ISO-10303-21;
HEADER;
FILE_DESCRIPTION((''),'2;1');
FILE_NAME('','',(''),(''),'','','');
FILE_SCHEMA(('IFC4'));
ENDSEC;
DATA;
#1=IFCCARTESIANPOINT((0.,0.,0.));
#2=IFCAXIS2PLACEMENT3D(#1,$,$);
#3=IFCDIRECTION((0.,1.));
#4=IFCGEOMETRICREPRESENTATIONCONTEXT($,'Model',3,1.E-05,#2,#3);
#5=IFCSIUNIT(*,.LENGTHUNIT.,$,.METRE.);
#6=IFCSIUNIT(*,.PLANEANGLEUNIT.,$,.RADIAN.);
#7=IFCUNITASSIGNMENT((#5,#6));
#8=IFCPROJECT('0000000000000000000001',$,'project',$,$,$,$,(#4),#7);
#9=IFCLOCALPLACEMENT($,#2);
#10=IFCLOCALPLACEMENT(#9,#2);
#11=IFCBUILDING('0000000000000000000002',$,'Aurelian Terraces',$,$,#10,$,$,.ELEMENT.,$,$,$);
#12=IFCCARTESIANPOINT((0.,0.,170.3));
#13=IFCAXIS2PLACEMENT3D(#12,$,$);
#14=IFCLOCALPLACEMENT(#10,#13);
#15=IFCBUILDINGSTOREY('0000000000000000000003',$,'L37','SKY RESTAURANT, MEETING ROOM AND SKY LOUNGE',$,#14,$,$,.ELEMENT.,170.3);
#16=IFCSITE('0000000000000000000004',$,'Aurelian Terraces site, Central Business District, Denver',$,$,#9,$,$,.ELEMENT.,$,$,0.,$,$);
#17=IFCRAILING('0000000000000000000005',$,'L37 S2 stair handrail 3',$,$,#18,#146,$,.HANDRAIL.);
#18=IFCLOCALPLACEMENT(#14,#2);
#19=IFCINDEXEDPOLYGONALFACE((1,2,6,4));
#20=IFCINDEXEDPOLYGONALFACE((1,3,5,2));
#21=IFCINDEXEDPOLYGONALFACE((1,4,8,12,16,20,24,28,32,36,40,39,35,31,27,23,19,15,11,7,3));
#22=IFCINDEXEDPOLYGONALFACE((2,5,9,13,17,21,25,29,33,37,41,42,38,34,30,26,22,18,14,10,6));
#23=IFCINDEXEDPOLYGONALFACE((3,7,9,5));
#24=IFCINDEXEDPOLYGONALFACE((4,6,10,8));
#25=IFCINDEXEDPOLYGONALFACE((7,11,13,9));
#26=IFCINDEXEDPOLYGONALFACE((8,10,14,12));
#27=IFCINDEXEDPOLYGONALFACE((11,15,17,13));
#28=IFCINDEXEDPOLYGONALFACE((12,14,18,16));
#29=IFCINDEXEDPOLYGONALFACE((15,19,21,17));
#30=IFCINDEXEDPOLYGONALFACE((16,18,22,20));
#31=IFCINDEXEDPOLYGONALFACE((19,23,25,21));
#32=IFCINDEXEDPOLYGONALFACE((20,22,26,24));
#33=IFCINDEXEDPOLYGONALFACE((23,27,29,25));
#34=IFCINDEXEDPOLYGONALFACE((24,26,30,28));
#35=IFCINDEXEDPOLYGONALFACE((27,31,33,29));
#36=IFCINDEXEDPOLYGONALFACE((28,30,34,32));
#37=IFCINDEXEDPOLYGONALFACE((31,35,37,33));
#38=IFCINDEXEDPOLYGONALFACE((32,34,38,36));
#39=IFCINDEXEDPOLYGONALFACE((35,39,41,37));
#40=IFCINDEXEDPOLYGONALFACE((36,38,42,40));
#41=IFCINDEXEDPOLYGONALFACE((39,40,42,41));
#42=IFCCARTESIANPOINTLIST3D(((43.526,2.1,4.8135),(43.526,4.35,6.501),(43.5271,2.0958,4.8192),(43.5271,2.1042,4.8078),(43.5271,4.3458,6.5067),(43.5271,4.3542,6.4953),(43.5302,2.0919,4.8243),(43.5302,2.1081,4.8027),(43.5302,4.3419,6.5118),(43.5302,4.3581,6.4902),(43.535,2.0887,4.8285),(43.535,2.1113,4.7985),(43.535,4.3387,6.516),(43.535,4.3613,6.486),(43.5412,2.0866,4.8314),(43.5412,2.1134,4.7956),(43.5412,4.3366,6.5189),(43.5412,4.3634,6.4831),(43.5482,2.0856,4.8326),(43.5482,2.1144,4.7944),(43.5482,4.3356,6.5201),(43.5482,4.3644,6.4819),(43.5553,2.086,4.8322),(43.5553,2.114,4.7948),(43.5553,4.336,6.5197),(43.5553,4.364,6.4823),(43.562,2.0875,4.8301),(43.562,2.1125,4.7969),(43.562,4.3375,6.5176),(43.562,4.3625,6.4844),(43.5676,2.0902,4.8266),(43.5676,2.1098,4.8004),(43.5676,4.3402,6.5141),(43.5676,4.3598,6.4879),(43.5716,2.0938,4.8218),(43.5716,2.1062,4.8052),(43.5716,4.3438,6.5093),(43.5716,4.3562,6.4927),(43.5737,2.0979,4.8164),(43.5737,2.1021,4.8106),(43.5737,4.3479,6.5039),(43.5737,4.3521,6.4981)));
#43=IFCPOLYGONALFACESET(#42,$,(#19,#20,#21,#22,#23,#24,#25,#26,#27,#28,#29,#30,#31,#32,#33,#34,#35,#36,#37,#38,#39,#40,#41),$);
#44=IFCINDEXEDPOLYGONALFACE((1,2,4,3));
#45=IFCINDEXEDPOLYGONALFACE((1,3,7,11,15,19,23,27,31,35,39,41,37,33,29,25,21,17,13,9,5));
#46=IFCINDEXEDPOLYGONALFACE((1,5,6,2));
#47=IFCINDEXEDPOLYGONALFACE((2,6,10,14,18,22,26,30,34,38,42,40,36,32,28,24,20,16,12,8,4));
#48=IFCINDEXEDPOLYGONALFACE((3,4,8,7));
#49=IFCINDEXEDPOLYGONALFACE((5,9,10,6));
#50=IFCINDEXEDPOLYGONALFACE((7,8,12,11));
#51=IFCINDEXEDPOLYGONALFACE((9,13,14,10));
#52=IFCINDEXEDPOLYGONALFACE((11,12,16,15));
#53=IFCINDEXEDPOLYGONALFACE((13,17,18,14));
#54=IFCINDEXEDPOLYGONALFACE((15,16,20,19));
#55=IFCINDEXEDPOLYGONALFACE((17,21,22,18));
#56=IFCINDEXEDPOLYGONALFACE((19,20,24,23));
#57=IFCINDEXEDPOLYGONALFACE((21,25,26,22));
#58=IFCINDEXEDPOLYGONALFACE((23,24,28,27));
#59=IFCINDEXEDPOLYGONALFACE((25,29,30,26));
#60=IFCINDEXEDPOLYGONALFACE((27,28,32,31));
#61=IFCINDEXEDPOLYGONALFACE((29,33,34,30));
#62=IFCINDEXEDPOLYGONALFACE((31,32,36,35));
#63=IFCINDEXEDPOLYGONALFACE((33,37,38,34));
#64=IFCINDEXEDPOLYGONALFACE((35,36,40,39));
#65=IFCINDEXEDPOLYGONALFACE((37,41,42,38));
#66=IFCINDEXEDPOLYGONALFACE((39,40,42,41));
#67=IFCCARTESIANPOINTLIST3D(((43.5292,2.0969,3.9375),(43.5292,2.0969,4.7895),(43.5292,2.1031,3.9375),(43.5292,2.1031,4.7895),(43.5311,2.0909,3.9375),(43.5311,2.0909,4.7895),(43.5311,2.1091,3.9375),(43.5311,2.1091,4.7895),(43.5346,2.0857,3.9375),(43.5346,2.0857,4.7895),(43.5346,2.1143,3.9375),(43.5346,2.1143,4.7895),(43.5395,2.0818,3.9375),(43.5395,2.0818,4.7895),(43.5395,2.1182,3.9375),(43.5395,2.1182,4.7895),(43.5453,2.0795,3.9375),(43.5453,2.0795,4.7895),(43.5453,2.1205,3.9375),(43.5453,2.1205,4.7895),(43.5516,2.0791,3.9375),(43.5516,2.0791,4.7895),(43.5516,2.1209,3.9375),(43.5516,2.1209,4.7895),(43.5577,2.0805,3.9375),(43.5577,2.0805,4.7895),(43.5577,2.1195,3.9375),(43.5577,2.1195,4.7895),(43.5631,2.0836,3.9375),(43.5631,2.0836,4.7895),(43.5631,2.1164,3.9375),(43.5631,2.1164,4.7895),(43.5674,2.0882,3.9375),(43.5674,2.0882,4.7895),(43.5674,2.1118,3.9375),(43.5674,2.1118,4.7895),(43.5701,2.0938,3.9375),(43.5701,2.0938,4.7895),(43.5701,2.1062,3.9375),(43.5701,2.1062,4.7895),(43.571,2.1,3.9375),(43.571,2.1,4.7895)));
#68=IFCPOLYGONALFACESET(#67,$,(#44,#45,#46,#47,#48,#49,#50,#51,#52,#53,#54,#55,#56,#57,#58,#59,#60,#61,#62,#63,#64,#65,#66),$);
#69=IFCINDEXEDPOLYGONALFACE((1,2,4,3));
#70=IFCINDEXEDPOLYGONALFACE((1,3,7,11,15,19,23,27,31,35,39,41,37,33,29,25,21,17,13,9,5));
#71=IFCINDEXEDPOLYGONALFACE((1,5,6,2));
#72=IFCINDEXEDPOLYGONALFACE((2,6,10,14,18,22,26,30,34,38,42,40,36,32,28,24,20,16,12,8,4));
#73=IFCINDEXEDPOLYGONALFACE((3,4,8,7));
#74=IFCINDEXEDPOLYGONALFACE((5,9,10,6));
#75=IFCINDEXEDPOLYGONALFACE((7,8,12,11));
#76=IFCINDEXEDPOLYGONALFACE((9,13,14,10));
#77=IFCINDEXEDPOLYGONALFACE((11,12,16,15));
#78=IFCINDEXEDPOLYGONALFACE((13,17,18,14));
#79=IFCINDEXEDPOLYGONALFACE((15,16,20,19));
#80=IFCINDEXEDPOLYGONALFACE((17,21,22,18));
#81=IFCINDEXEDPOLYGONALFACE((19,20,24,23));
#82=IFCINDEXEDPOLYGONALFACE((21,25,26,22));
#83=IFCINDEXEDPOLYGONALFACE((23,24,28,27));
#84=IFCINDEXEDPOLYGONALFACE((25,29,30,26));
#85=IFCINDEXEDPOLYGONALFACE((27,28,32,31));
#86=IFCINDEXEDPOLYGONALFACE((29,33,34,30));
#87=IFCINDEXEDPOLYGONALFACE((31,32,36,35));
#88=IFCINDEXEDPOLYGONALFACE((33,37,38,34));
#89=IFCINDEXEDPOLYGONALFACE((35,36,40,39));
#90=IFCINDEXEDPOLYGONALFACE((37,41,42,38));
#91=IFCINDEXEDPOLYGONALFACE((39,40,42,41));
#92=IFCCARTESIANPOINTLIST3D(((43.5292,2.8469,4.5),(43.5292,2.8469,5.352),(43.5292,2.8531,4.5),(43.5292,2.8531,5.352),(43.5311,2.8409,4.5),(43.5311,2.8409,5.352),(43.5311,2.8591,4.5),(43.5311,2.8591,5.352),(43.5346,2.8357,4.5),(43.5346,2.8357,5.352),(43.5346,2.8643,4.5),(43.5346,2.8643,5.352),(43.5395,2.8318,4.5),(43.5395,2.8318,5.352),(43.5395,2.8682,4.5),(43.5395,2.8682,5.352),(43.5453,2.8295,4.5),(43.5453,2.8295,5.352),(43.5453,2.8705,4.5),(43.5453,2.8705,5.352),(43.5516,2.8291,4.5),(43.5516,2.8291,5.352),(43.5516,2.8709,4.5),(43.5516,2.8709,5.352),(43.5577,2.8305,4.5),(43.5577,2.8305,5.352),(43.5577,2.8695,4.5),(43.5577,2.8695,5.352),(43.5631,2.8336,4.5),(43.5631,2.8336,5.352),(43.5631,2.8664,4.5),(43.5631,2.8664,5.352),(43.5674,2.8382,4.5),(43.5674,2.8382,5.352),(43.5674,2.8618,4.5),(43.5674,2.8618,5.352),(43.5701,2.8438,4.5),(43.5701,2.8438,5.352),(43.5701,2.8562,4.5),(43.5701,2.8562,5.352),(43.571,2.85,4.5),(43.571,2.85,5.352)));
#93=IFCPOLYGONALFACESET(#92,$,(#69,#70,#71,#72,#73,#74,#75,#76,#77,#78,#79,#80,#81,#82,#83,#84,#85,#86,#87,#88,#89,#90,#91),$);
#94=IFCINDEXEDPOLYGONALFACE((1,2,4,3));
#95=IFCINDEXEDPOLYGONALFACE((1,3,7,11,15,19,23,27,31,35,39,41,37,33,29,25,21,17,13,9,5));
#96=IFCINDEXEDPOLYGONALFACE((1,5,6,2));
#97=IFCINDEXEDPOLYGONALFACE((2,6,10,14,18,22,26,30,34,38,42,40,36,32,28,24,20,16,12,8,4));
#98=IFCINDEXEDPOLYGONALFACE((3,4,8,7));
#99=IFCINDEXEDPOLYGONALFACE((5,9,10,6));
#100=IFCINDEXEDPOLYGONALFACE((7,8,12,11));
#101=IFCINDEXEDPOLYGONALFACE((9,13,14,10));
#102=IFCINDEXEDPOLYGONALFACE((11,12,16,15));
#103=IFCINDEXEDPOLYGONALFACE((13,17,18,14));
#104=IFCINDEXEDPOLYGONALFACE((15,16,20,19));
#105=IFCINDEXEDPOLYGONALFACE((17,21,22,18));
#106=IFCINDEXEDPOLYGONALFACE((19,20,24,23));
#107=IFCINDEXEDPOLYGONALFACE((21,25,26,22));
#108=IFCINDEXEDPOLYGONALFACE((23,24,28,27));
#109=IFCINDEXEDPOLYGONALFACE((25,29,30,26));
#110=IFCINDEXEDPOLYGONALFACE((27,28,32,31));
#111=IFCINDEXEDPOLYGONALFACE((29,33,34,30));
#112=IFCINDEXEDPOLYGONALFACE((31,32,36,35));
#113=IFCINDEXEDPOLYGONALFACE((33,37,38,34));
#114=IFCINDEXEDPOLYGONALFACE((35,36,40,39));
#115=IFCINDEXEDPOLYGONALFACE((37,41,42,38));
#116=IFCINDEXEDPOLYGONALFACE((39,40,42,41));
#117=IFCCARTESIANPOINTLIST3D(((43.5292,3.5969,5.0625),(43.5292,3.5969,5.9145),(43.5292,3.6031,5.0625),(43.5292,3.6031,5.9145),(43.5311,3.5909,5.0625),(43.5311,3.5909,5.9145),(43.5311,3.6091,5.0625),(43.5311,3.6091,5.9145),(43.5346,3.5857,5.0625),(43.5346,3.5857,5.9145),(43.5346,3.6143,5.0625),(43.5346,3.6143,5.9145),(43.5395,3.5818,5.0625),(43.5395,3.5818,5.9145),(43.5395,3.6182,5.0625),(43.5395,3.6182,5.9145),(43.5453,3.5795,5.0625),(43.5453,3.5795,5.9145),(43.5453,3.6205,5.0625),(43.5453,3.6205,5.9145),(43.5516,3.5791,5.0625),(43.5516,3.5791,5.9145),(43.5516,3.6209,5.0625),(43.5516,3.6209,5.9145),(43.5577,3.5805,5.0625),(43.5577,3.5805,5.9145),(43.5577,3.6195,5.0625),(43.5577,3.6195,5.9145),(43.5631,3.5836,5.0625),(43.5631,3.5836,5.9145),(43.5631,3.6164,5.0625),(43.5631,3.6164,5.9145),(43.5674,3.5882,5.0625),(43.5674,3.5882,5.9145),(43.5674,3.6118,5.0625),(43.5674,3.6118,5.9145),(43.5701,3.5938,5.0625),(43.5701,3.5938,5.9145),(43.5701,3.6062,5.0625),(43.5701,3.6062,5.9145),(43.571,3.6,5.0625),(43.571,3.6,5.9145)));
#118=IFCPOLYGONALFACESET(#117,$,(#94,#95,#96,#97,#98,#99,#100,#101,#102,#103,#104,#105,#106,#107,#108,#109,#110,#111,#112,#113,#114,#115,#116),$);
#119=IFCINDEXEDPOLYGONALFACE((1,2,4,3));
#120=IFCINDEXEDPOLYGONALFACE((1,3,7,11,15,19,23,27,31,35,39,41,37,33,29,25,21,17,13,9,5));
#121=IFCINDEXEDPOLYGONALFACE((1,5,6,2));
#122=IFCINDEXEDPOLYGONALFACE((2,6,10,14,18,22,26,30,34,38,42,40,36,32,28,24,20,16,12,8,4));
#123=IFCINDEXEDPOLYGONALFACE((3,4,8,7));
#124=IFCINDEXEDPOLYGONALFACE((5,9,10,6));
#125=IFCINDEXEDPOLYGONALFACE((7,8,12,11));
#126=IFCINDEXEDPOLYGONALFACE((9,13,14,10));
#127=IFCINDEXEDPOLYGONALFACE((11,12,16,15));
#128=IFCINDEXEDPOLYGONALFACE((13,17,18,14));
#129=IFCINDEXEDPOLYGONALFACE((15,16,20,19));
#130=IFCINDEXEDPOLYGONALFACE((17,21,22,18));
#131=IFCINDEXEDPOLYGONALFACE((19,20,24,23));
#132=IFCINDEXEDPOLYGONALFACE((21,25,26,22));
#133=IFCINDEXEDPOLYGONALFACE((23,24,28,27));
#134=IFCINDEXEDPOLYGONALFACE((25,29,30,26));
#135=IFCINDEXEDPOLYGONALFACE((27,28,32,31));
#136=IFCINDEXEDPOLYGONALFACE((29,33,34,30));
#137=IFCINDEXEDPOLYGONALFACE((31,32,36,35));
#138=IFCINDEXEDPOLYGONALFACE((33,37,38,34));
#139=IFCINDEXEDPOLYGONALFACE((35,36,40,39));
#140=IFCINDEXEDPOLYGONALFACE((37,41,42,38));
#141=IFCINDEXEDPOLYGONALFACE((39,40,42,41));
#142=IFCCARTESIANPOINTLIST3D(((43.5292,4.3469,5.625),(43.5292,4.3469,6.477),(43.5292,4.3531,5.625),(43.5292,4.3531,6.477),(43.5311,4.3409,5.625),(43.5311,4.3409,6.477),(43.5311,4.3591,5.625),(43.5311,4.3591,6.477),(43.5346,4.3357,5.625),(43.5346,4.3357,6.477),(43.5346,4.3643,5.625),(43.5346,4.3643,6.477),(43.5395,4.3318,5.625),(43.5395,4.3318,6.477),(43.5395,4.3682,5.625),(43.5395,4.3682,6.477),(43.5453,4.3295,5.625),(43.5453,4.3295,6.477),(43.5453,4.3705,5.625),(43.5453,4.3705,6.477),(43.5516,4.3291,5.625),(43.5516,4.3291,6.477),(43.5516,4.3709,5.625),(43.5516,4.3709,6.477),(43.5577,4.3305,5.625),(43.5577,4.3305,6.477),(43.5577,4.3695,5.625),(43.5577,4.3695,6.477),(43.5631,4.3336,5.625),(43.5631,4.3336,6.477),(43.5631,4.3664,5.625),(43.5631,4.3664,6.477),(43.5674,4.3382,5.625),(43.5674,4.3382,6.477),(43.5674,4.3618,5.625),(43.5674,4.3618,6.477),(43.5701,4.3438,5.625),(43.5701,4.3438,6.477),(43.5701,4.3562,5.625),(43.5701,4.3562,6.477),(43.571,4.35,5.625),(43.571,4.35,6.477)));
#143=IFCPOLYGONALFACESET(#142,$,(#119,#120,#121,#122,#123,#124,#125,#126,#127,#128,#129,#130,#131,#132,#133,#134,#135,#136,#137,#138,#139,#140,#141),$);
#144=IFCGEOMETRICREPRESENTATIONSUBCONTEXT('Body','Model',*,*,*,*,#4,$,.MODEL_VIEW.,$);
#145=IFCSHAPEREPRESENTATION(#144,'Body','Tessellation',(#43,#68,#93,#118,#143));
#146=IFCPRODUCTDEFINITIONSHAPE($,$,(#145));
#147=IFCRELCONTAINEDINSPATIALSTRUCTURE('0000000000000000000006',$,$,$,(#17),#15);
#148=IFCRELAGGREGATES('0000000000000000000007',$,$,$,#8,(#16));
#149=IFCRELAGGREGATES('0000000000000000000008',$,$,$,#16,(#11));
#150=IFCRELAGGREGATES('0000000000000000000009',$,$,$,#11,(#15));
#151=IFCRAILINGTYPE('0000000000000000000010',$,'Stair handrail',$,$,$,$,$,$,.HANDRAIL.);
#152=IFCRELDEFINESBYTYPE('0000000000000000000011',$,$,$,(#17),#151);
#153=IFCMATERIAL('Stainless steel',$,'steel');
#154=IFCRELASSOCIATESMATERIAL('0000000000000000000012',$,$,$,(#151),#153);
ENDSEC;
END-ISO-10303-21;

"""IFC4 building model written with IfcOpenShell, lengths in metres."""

from ifc_helpers import new_model, si_unit, direction, frame, origin, origin_2d, place, context, subcontext, project, spatial, circle, extrude, source, transform, mapped, material, type_object, element, save


model = new_model("IFC4")

# Units and contexts
model_context = context("Model", 3, precision=1e-05, world=origin(), true_north=direction((0.0, 1.0)))
body_context = subcontext(model_context, "Body", "Model", "MODEL_VIEW")
ifc_project = project(units=[si_unit("LENGTHUNIT", "METRE"), si_unit("PLANEANGLEUNIT", "RADIAN")], contexts=[model_context])

# Site, building, storey
site_placement = place(None, origin())
site = spatial("IfcSite", under=ifc_project, at=site_placement, Name="Aurelian Terraces site, Central Business District, Denver", CompositionType="ELEMENT", RefElevation=0.0)
building_placement = place(site_placement, origin())
building = spatial("IfcBuilding", under=site, at=building_placement, Name="Aurelian Terraces", CompositionType="ELEMENT")
storey_placement = place(building_placement, frame((0.0, 0.0, 170.3)))
storey = spatial("IfcBuildingStorey", under=building, at=storey_placement, Name="L37", Description="SKY RESTAURANT, MEETING ROOM AND SKY LOUNGE", CompositionType="ELEMENT", Elevation=170.3)

# Railing
ifc_material_1 = material(Name="Stainless steel", Category="steel")
railing_type_1 = type_object("IfcRailingType", Name="Stair handrail", PredefinedType="HANDRAIL", material=ifc_material_1)
shared_shape_1 = source(origin(), body_context, "Body", "SweptSolid", [
    extrude(circle(Radius=0.024, at=origin_2d()), frame((0.0, 0.0, 0.876), z_axis=(0.0, 0.8, 0.6), x_axis=(-1.0, 0.0, 0.0)), (0.0, 0.0, 1.0), 2.8125),
    extrude(circle(Radius=0.021, at=origin_2d()), origin(), (0.0, 0.0, 1.0), 0.852),
    extrude(circle(Radius=0.021, at=origin_2d()), frame((0.0, 0.75, 0.5625)), (0.0, 0.0, 1.0), 0.852),
    extrude(circle(Radius=0.021, at=origin_2d()), frame((0.0, 1.5, 1.125)), (0.0, 0.0, 1.0), 0.852),
    extrude(circle(Radius=0.021, at=origin_2d()), frame((0.0, 2.25, 1.6875)), (0.0, 0.0, 1.0), 0.852),
])
for number, where, name in (
    (1, (43.55, 2.1, 3.9375), "L37 S2 stair handrail 3"),
):
    element("IfcRailing", number, at=place(storey_placement, frame(where)), inside=storey, type_object=railing_type_1, Name=name, PredefinedType="HANDRAIL", context=body_context, shape_type="MappedRepresentation", body=[
        mapped(shared_shape_1, transform((0.0, 0.0, 0.0), scale=1.0)),
    ])

save(model, "model.ifc")
